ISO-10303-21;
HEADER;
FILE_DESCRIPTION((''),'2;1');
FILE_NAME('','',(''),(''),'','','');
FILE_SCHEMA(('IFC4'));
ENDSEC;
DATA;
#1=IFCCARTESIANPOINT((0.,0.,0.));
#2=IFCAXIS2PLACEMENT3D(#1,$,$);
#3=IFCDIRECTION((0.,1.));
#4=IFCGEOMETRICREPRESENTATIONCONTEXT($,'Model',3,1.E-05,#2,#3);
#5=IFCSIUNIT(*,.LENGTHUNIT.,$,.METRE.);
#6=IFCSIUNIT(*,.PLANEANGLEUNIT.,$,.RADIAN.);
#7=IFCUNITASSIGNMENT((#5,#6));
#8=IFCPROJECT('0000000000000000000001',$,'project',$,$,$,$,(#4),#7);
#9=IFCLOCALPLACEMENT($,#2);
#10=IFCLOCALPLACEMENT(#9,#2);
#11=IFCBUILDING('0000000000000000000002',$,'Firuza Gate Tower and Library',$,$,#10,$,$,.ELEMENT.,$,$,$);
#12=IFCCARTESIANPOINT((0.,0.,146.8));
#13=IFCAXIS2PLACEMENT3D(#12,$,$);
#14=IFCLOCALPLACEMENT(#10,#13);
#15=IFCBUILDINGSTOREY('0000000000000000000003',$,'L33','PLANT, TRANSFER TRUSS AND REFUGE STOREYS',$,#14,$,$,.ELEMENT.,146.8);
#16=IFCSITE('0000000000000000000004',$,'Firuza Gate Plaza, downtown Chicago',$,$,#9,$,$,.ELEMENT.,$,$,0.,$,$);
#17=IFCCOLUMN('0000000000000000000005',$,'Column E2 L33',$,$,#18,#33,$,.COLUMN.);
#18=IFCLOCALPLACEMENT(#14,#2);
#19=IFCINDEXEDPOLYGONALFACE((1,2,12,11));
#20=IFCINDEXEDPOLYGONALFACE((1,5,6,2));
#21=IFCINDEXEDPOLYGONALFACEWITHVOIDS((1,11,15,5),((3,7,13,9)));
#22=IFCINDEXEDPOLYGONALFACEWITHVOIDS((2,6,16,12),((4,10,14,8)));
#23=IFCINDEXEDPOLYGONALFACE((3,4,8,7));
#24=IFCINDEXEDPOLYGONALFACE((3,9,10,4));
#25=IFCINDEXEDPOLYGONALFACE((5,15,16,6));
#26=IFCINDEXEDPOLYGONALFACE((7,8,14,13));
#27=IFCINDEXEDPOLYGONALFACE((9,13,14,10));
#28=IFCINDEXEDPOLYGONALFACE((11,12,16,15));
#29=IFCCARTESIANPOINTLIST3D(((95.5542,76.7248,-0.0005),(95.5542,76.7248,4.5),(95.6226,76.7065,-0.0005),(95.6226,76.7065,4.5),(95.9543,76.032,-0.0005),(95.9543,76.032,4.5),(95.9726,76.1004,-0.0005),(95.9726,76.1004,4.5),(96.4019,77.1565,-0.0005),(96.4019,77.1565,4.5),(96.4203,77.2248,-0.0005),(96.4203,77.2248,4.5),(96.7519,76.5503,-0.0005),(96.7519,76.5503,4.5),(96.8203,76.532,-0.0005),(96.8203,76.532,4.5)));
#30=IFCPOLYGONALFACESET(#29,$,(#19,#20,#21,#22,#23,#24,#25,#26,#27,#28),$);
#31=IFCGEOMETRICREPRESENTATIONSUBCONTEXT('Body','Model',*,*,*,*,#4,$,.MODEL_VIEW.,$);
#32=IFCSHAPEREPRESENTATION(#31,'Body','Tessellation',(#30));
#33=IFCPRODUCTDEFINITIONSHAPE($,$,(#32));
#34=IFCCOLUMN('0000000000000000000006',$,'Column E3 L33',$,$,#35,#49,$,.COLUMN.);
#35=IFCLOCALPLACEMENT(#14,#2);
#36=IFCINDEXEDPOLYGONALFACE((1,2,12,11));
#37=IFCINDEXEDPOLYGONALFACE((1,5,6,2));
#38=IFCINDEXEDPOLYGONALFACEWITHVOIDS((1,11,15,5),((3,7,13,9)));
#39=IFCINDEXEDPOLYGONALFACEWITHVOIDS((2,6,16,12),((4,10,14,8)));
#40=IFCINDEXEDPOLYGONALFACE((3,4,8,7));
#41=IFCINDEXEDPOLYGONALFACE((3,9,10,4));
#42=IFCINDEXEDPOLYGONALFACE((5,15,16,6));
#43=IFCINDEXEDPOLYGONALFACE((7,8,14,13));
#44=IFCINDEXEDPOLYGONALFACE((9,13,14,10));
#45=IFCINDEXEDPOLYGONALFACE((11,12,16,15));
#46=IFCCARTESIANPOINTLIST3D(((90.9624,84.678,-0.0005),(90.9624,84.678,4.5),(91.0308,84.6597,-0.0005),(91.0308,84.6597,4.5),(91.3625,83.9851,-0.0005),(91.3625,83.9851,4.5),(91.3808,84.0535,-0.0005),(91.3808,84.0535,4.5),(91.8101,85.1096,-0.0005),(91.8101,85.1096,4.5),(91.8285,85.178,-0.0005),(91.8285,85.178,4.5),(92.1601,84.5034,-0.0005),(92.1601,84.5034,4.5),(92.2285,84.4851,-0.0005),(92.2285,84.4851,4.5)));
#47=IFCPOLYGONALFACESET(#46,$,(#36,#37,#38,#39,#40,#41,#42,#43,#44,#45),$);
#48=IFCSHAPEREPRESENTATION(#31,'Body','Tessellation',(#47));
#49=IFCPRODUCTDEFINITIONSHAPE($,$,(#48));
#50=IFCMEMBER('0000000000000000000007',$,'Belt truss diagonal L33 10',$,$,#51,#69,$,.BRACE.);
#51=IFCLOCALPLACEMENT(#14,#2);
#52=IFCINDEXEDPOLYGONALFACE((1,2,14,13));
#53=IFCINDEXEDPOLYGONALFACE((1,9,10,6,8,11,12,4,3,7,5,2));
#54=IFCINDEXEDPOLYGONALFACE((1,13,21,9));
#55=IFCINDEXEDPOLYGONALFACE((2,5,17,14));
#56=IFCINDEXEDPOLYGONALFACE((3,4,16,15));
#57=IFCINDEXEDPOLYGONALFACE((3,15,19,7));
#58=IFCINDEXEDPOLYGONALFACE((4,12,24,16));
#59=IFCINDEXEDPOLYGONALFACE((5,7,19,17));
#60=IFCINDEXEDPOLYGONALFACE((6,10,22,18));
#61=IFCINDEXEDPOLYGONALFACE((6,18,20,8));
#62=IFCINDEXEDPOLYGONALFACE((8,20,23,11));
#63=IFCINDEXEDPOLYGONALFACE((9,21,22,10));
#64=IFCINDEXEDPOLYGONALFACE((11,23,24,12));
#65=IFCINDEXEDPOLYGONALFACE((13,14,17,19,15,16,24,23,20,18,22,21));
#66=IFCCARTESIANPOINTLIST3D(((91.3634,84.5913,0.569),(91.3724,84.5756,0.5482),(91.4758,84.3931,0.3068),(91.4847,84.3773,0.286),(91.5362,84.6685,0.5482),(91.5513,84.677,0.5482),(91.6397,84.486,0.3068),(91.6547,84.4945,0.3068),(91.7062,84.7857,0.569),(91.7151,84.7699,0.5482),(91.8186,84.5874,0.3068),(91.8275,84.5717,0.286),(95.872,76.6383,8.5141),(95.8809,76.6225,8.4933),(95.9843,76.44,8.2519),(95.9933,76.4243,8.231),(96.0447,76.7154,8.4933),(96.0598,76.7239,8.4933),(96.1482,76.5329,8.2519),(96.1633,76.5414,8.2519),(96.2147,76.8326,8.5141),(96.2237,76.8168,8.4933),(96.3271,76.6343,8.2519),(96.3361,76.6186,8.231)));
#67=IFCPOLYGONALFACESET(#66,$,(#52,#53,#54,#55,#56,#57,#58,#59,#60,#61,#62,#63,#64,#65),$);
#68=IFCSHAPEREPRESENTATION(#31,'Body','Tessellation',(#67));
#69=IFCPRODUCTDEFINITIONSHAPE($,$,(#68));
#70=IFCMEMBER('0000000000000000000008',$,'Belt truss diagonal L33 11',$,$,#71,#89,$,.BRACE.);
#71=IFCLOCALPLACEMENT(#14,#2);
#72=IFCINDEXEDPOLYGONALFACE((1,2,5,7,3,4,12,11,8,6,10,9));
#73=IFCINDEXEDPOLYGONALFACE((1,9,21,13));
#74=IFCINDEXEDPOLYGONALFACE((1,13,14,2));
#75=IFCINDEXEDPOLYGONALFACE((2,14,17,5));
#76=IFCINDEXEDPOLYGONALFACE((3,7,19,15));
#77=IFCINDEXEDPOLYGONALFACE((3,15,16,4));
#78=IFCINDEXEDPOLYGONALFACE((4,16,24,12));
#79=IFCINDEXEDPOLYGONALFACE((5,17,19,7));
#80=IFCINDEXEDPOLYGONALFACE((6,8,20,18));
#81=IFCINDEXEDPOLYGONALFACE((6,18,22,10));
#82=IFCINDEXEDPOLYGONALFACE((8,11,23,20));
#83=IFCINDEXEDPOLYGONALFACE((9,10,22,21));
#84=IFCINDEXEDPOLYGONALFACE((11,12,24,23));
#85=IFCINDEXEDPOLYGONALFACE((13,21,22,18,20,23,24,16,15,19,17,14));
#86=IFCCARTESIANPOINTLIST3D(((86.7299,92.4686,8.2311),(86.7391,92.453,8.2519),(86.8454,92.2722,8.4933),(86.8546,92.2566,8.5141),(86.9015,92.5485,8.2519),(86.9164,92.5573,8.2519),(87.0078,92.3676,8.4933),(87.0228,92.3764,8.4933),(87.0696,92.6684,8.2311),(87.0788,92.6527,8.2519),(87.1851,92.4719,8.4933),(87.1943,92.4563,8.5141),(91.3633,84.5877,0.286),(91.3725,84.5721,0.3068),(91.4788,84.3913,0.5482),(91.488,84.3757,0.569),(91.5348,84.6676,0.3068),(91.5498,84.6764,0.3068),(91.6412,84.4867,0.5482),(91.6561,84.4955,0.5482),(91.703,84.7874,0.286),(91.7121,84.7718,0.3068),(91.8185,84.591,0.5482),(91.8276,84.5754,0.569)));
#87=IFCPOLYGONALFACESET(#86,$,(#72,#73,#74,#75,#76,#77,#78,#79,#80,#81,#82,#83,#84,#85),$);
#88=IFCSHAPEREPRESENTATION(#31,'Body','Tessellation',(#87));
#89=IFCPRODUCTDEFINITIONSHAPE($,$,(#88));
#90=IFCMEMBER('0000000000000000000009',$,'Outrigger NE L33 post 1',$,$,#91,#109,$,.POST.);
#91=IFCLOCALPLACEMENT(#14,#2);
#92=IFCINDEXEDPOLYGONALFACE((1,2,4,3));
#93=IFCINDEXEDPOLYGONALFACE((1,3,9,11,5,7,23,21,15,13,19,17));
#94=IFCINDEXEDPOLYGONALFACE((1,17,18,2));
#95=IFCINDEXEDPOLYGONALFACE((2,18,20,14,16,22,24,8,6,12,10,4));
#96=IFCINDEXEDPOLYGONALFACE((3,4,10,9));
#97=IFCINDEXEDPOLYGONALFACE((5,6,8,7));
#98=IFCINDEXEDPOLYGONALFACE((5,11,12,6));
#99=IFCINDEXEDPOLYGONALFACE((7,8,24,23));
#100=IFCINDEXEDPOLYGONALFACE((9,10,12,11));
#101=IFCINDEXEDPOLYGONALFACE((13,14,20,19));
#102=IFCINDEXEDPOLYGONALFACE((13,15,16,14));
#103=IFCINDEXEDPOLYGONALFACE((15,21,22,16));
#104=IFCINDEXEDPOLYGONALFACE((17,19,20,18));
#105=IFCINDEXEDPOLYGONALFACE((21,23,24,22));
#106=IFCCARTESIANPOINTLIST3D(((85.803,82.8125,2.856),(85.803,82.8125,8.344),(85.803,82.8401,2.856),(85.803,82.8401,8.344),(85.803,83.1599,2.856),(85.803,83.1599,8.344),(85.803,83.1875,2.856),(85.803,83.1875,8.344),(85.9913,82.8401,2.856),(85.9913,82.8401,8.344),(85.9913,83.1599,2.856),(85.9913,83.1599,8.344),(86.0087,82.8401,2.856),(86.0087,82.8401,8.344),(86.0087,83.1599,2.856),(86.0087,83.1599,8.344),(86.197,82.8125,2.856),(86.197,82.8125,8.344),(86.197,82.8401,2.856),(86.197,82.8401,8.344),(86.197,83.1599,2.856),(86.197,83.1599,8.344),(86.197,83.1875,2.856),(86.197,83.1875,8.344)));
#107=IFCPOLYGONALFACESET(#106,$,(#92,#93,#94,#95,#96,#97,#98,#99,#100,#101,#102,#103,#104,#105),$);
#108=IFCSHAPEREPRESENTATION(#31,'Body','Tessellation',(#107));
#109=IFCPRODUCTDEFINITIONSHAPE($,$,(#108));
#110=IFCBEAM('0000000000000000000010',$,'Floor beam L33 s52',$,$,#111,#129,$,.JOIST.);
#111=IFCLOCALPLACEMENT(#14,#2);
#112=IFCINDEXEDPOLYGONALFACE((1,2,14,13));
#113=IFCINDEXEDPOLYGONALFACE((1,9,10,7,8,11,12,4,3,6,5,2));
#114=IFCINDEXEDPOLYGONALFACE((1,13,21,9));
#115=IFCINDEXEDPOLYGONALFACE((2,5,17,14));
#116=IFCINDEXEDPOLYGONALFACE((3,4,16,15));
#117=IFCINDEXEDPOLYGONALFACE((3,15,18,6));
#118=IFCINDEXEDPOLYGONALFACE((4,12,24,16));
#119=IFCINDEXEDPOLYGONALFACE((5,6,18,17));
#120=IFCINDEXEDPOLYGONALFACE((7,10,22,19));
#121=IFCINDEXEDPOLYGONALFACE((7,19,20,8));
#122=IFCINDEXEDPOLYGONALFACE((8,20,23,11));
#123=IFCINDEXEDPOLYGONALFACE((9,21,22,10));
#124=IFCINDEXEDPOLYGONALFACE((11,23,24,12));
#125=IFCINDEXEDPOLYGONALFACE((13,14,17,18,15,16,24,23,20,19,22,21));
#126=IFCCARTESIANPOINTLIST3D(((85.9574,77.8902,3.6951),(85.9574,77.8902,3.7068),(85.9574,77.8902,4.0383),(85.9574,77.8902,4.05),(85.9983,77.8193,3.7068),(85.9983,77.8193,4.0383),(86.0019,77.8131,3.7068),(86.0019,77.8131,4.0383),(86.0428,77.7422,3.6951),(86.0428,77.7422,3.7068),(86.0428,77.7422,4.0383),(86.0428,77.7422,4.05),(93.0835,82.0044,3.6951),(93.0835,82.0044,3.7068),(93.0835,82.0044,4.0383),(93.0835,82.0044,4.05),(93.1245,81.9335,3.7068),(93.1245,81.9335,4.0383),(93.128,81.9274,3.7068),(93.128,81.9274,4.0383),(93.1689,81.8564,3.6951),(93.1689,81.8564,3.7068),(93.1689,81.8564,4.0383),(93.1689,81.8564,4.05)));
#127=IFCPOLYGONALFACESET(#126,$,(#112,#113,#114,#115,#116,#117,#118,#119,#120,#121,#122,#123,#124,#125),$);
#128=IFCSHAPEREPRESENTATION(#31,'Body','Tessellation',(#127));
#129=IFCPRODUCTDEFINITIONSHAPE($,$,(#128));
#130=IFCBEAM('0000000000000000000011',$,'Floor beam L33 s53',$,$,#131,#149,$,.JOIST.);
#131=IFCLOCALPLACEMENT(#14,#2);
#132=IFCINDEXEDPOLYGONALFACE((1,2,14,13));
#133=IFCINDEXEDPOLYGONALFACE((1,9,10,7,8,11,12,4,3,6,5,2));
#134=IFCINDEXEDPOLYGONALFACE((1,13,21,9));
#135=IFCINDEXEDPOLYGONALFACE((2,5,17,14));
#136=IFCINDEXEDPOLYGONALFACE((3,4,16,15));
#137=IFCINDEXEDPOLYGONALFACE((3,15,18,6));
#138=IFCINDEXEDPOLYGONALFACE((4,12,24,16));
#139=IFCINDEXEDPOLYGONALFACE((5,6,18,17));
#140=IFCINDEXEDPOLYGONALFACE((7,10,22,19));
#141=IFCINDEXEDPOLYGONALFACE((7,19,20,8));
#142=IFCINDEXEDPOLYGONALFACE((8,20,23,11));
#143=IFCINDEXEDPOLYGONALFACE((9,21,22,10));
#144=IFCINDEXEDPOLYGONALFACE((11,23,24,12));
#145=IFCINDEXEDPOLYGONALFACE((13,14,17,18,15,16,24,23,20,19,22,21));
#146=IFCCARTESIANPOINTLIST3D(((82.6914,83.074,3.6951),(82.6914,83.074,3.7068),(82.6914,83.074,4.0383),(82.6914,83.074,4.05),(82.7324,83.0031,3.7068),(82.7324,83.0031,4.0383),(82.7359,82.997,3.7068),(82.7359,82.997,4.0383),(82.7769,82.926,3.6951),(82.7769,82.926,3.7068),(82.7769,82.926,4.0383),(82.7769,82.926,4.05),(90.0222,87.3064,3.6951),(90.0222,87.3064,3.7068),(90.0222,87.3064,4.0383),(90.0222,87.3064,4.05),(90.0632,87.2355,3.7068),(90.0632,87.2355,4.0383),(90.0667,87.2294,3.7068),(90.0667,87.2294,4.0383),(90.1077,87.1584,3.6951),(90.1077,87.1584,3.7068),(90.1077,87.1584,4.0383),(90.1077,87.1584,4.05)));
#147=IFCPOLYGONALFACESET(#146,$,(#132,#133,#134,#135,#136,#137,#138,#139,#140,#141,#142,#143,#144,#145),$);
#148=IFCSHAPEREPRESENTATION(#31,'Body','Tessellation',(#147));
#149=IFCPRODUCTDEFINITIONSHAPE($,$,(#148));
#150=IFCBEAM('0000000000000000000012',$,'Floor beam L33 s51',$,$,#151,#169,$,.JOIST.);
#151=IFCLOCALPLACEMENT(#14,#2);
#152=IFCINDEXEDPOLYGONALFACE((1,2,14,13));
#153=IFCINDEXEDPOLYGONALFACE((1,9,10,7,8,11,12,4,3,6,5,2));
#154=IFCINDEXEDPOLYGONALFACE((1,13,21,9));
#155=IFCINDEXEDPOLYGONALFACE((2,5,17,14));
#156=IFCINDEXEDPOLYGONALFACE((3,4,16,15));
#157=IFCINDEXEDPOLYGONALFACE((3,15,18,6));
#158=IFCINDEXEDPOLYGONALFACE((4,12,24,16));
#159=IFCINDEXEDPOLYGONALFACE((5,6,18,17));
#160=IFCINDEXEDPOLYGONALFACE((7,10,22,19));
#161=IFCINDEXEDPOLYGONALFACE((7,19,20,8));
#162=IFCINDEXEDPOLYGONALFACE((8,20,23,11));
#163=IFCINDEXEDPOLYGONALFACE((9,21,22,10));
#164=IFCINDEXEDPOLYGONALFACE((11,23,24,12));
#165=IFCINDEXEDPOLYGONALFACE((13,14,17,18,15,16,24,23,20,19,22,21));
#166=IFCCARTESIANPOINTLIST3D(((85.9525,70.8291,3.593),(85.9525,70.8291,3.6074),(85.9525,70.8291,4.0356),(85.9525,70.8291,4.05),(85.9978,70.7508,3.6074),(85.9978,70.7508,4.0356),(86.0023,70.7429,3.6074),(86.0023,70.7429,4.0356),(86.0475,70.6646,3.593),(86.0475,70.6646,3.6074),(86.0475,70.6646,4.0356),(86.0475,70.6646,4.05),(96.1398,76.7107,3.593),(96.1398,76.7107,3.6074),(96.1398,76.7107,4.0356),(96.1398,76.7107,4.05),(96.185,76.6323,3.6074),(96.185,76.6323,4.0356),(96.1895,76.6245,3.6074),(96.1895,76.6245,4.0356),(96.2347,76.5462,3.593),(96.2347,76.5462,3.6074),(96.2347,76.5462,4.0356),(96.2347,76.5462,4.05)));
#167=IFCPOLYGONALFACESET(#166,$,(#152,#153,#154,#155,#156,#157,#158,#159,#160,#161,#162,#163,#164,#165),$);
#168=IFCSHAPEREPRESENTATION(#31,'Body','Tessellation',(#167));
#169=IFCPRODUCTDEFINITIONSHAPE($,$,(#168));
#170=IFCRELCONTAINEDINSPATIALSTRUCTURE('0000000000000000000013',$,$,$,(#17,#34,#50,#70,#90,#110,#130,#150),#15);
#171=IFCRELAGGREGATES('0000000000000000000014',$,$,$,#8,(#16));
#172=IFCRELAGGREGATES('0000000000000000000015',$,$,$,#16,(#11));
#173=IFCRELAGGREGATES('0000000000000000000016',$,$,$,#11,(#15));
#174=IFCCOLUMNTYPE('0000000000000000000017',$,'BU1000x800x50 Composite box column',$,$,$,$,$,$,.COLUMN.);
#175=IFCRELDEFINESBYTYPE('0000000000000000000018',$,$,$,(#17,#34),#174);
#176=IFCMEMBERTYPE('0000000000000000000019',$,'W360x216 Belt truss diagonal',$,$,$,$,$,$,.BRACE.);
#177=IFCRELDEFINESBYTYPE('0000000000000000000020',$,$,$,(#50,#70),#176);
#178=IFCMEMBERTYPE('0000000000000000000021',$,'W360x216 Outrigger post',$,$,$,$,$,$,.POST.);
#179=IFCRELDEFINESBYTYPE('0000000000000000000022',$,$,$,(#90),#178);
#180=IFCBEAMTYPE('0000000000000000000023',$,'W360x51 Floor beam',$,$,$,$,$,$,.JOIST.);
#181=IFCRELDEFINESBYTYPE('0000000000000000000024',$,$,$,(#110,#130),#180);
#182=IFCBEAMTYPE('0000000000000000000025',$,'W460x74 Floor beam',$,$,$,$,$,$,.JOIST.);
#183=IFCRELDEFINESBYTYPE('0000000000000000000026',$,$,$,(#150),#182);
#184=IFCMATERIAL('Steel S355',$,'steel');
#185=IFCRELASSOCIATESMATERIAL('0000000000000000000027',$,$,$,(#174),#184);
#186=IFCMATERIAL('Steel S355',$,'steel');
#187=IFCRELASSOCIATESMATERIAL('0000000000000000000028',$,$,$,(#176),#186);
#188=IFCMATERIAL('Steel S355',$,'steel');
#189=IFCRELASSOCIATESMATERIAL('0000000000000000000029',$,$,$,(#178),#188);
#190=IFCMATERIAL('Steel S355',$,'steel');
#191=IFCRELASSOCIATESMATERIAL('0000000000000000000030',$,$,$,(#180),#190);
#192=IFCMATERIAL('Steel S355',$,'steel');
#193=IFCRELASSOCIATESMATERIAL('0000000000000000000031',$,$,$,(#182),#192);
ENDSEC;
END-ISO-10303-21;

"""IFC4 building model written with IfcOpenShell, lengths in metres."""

from ifc_helpers import new_model, si_unit, direction, frame, origin, origin_2d, place, context, subcontext, project, spatial, hollow_rectangle, i_section, extrude, material, material_profile, profile_set, type_object, element, save


model = new_model("IFC4")

# Units and contexts
model_context = context("Model", 3, precision=1e-05, world=origin(), true_north=direction((0.0, 1.0)))
body_context = subcontext(model_context, "Body", "Model", "MODEL_VIEW")
ifc_project = project(units=[si_unit("LENGTHUNIT", "METRE"), si_unit("PLANEANGLEUNIT", "RADIAN")], contexts=[model_context])

# Site, building, storey
site_placement = place(None, origin())
site = spatial("IfcSite", under=ifc_project, at=site_placement, Name="Firuza Gate Plaza, downtown Chicago", CompositionType="ELEMENT", RefElevation=0.0)
building_placement = place(site_placement, origin())
building = spatial("IfcBuilding", under=site, at=building_placement, Name="Firuza Gate Tower and Library", CompositionType="ELEMENT")
storey_placement = place(building_placement, frame((0.0, 0.0, 146.8)))
storey = spatial("IfcBuildingStorey", under=building, at=storey_placement, Name="L33", Description="PLANT, TRANSFER TRUSS AND REFUGE STOREYS", CompositionType="ELEMENT", Elevation=146.8)

# Columns
ifc_material_1 = material(Name="Steel S355", Category="steel")
ifc_material_profile_1 = material_profile(ifc_material_1, hollow_rectangle(XDim=0.8, YDim=1.0, WallThickness=0.05, at=origin_2d()))
ifc_profile_set_1 = profile_set([ifc_material_profile_1], Name="Steel S355")
column_type = type_object("IfcColumnType", Name="BU1000x800x50 Composite box column", PredefinedType="COLUMN", material=ifc_profile_set_1)
for number, where, z_axis, x_axis, name in (
    (1, (96.1873, 76.6284, -0.0005), (0.0, 0.0, 1.0), (-0.5, 0.866025, 0.0), "Column E2 L33"),
    (2, (91.5955, 84.5815, -0.0005), (0.0, 0.0, 1.0), (-0.5, 0.866025, 0.0), "Column E3 L33"),
):
    element("IfcColumn", number, at=place(storey_placement, frame(where, z_axis=z_axis, x_axis=x_axis)), inside=storey, type_object=column_type, Name=name, PredefinedType="COLUMN", context=body_context, shape_type="SweptSolid", body=[
        extrude(hollow_rectangle(XDim=0.8, YDim=1.0, WallThickness=0.05, at=origin_2d()), origin(), (0.0, 0.0, 1.0), 4.5005),
    ])

# Members
ifc_material_2 = material(Name="Steel S355", Category="steel")
ifc_material_profile_2 = material_profile(ifc_material_2, i_section(OverallWidth=0.394, OverallDepth=0.375, WebThickness=0.0173, FlangeThickness=0.0276, at=origin_2d()))
ifc_profile_set_2 = profile_set([ifc_material_profile_2], Name="Steel S355")
member_type_1 = type_object("IfcMemberType", Name="W360x216 Belt truss diagonal", PredefinedType="BRACE", material=ifc_profile_set_2)
for number, where, z_axis, x_axis, name in (
    (3, (96.104, 76.6284, 8.3726), (-0.372234, 0.656626, -0.655961), (-0.869939, -0.493159, 0.0), "Belt truss diagonal L33 10"),
    (4, (91.5955, 84.5815, 0.4275), (-0.382539, 0.650668, 0.655969), (-0.862054, -0.506817, 0.0), "Belt truss diagonal L33 11"),
):
    element("IfcMember", number, at=place(storey_placement, frame(where, z_axis=z_axis, x_axis=x_axis)), inside=storey, type_object=member_type_1, Name=name, PredefinedType="BRACE", context=body_context, shape_type="SweptSolid", body=[
        extrude(i_section(OverallWidth=0.394, OverallDepth=0.375, WebThickness=0.0173, FlangeThickness=0.0276, at=origin_2d()), origin(), (0.0, 0.0, 1.0), 12.1121),
    ])
ifc_material_3 = material(Name="Steel S355", Category="steel")
ifc_material_profile_3 = material_profile(ifc_material_3, i_section(OverallWidth=0.394, OverallDepth=0.375, WebThickness=0.0173, FlangeThickness=0.0276, at=origin_2d()))
ifc_profile_set_3 = profile_set([ifc_material_profile_3], Name="Steel S355")
member_type_2 = type_object("IfcMemberType", Name="W360x216 Outrigger post", PredefinedType="POST", material=ifc_profile_set_3)
member_1_placement = place(storey_placement, frame((86.0, 83.0, 2.856), z_axis=(0.0, 0.0, 1.0), x_axis=(1.0, 0.0, 0.0)))
element("IfcMember", 5, at=member_1_placement, inside=storey, type_object=member_type_2, Name="Outrigger NE L33 post 1", PredefinedType="POST", context=body_context, shape_type="SweptSolid", body=[
    extrude(i_section(OverallWidth=0.394, OverallDepth=0.375, WebThickness=0.0173, FlangeThickness=0.0276, at=origin_2d()), origin(), (0.0, 0.0, 1.0), 5.488),
])

# Beams
ifc_material_4 = material(Name="Steel S355", Category="steel")
ifc_material_profile_4 = material_profile(ifc_material_4, i_section(OverallWidth=0.1709, OverallDepth=0.355, WebThickness=0.0071, FlangeThickness=0.0117, at=origin_2d()))
ifc_profile_set_4 = profile_set([ifc_material_profile_4], Name="Steel S355")
beam_type_1 = type_object("IfcBeamType", Name="W360x51 Floor beam", PredefinedType="JOIST", material=ifc_profile_set_4)
beam_1_placement = place(storey_placement, frame((93.1262, 81.9304, 3.8726), z_axis=(-0.866029, -0.499994, 0.0), x_axis=(0.499994, -0.866029, 0.0)))
element("IfcBeam", 6, at=beam_1_placement, inside=storey, type_object=beam_type_1, Name="Floor beam L33 s52", PredefinedType="JOIST", context=body_context, shape_type="SweptSolid", body=[
    extrude(i_section(OverallWidth=0.1709, OverallDepth=0.355, WebThickness=0.0071, FlangeThickness=0.0117, at=origin_2d()), origin(), (0.0, 0.0, 1.0), 8.2285),
])
beam_2_placement = place(storey_placement, frame((90.0649, 87.2324, 3.8726), z_axis=(-0.866027, -0.499998, 0.0), x_axis=(0.499998, -0.866027, 0.0)))
element("IfcBeam", 7, at=beam_2_placement, inside=storey, type_object=beam_type_1, Name="Floor beam L33 s53", PredefinedType="JOIST", context=body_context, shape_type="SweptSolid", body=[
    extrude(i_section(OverallWidth=0.1709, OverallDepth=0.355, WebThickness=0.0071, FlangeThickness=0.0117, at=origin_2d()), origin(), (0.0, 0.0, 1.0), 8.4648),
])
ifc_material_5 = material(Name="Steel S355", Category="steel")
ifc_material_profile_5 = material_profile(ifc_material_5, i_section(OverallWidth=0.1899, OverallDepth=0.457, WebThickness=0.009, FlangeThickness=0.0144, at=origin_2d()))
ifc_profile_set_5 = profile_set([ifc_material_profile_5], Name="Steel S355")
beam_type_2 = type_object("IfcBeamType", Name="W460x74 Floor beam", PredefinedType="JOIST", material=ifc_profile_set_5)
beam_3_placement = place(storey_placement, frame((96.1873, 76.6284, 3.8215), z_axis=(-0.866026, -0.499999, 0.0), x_axis=(0.499999, -0.866026, 0.0)))
element("IfcBeam", 8, at=beam_3_placement, inside=storey, type_object=beam_type_2, Name="Floor beam L33 s51", PredefinedType="JOIST", context=body_context, shape_type="SweptSolid", body=[
    extrude(i_section(OverallWidth=0.1899, OverallDepth=0.457, WebThickness=0.009, FlangeThickness=0.0144, at=origin_2d()), origin(), (0.0, 0.0, 1.0), 11.7632),
])

save(model, "model.ifc")
